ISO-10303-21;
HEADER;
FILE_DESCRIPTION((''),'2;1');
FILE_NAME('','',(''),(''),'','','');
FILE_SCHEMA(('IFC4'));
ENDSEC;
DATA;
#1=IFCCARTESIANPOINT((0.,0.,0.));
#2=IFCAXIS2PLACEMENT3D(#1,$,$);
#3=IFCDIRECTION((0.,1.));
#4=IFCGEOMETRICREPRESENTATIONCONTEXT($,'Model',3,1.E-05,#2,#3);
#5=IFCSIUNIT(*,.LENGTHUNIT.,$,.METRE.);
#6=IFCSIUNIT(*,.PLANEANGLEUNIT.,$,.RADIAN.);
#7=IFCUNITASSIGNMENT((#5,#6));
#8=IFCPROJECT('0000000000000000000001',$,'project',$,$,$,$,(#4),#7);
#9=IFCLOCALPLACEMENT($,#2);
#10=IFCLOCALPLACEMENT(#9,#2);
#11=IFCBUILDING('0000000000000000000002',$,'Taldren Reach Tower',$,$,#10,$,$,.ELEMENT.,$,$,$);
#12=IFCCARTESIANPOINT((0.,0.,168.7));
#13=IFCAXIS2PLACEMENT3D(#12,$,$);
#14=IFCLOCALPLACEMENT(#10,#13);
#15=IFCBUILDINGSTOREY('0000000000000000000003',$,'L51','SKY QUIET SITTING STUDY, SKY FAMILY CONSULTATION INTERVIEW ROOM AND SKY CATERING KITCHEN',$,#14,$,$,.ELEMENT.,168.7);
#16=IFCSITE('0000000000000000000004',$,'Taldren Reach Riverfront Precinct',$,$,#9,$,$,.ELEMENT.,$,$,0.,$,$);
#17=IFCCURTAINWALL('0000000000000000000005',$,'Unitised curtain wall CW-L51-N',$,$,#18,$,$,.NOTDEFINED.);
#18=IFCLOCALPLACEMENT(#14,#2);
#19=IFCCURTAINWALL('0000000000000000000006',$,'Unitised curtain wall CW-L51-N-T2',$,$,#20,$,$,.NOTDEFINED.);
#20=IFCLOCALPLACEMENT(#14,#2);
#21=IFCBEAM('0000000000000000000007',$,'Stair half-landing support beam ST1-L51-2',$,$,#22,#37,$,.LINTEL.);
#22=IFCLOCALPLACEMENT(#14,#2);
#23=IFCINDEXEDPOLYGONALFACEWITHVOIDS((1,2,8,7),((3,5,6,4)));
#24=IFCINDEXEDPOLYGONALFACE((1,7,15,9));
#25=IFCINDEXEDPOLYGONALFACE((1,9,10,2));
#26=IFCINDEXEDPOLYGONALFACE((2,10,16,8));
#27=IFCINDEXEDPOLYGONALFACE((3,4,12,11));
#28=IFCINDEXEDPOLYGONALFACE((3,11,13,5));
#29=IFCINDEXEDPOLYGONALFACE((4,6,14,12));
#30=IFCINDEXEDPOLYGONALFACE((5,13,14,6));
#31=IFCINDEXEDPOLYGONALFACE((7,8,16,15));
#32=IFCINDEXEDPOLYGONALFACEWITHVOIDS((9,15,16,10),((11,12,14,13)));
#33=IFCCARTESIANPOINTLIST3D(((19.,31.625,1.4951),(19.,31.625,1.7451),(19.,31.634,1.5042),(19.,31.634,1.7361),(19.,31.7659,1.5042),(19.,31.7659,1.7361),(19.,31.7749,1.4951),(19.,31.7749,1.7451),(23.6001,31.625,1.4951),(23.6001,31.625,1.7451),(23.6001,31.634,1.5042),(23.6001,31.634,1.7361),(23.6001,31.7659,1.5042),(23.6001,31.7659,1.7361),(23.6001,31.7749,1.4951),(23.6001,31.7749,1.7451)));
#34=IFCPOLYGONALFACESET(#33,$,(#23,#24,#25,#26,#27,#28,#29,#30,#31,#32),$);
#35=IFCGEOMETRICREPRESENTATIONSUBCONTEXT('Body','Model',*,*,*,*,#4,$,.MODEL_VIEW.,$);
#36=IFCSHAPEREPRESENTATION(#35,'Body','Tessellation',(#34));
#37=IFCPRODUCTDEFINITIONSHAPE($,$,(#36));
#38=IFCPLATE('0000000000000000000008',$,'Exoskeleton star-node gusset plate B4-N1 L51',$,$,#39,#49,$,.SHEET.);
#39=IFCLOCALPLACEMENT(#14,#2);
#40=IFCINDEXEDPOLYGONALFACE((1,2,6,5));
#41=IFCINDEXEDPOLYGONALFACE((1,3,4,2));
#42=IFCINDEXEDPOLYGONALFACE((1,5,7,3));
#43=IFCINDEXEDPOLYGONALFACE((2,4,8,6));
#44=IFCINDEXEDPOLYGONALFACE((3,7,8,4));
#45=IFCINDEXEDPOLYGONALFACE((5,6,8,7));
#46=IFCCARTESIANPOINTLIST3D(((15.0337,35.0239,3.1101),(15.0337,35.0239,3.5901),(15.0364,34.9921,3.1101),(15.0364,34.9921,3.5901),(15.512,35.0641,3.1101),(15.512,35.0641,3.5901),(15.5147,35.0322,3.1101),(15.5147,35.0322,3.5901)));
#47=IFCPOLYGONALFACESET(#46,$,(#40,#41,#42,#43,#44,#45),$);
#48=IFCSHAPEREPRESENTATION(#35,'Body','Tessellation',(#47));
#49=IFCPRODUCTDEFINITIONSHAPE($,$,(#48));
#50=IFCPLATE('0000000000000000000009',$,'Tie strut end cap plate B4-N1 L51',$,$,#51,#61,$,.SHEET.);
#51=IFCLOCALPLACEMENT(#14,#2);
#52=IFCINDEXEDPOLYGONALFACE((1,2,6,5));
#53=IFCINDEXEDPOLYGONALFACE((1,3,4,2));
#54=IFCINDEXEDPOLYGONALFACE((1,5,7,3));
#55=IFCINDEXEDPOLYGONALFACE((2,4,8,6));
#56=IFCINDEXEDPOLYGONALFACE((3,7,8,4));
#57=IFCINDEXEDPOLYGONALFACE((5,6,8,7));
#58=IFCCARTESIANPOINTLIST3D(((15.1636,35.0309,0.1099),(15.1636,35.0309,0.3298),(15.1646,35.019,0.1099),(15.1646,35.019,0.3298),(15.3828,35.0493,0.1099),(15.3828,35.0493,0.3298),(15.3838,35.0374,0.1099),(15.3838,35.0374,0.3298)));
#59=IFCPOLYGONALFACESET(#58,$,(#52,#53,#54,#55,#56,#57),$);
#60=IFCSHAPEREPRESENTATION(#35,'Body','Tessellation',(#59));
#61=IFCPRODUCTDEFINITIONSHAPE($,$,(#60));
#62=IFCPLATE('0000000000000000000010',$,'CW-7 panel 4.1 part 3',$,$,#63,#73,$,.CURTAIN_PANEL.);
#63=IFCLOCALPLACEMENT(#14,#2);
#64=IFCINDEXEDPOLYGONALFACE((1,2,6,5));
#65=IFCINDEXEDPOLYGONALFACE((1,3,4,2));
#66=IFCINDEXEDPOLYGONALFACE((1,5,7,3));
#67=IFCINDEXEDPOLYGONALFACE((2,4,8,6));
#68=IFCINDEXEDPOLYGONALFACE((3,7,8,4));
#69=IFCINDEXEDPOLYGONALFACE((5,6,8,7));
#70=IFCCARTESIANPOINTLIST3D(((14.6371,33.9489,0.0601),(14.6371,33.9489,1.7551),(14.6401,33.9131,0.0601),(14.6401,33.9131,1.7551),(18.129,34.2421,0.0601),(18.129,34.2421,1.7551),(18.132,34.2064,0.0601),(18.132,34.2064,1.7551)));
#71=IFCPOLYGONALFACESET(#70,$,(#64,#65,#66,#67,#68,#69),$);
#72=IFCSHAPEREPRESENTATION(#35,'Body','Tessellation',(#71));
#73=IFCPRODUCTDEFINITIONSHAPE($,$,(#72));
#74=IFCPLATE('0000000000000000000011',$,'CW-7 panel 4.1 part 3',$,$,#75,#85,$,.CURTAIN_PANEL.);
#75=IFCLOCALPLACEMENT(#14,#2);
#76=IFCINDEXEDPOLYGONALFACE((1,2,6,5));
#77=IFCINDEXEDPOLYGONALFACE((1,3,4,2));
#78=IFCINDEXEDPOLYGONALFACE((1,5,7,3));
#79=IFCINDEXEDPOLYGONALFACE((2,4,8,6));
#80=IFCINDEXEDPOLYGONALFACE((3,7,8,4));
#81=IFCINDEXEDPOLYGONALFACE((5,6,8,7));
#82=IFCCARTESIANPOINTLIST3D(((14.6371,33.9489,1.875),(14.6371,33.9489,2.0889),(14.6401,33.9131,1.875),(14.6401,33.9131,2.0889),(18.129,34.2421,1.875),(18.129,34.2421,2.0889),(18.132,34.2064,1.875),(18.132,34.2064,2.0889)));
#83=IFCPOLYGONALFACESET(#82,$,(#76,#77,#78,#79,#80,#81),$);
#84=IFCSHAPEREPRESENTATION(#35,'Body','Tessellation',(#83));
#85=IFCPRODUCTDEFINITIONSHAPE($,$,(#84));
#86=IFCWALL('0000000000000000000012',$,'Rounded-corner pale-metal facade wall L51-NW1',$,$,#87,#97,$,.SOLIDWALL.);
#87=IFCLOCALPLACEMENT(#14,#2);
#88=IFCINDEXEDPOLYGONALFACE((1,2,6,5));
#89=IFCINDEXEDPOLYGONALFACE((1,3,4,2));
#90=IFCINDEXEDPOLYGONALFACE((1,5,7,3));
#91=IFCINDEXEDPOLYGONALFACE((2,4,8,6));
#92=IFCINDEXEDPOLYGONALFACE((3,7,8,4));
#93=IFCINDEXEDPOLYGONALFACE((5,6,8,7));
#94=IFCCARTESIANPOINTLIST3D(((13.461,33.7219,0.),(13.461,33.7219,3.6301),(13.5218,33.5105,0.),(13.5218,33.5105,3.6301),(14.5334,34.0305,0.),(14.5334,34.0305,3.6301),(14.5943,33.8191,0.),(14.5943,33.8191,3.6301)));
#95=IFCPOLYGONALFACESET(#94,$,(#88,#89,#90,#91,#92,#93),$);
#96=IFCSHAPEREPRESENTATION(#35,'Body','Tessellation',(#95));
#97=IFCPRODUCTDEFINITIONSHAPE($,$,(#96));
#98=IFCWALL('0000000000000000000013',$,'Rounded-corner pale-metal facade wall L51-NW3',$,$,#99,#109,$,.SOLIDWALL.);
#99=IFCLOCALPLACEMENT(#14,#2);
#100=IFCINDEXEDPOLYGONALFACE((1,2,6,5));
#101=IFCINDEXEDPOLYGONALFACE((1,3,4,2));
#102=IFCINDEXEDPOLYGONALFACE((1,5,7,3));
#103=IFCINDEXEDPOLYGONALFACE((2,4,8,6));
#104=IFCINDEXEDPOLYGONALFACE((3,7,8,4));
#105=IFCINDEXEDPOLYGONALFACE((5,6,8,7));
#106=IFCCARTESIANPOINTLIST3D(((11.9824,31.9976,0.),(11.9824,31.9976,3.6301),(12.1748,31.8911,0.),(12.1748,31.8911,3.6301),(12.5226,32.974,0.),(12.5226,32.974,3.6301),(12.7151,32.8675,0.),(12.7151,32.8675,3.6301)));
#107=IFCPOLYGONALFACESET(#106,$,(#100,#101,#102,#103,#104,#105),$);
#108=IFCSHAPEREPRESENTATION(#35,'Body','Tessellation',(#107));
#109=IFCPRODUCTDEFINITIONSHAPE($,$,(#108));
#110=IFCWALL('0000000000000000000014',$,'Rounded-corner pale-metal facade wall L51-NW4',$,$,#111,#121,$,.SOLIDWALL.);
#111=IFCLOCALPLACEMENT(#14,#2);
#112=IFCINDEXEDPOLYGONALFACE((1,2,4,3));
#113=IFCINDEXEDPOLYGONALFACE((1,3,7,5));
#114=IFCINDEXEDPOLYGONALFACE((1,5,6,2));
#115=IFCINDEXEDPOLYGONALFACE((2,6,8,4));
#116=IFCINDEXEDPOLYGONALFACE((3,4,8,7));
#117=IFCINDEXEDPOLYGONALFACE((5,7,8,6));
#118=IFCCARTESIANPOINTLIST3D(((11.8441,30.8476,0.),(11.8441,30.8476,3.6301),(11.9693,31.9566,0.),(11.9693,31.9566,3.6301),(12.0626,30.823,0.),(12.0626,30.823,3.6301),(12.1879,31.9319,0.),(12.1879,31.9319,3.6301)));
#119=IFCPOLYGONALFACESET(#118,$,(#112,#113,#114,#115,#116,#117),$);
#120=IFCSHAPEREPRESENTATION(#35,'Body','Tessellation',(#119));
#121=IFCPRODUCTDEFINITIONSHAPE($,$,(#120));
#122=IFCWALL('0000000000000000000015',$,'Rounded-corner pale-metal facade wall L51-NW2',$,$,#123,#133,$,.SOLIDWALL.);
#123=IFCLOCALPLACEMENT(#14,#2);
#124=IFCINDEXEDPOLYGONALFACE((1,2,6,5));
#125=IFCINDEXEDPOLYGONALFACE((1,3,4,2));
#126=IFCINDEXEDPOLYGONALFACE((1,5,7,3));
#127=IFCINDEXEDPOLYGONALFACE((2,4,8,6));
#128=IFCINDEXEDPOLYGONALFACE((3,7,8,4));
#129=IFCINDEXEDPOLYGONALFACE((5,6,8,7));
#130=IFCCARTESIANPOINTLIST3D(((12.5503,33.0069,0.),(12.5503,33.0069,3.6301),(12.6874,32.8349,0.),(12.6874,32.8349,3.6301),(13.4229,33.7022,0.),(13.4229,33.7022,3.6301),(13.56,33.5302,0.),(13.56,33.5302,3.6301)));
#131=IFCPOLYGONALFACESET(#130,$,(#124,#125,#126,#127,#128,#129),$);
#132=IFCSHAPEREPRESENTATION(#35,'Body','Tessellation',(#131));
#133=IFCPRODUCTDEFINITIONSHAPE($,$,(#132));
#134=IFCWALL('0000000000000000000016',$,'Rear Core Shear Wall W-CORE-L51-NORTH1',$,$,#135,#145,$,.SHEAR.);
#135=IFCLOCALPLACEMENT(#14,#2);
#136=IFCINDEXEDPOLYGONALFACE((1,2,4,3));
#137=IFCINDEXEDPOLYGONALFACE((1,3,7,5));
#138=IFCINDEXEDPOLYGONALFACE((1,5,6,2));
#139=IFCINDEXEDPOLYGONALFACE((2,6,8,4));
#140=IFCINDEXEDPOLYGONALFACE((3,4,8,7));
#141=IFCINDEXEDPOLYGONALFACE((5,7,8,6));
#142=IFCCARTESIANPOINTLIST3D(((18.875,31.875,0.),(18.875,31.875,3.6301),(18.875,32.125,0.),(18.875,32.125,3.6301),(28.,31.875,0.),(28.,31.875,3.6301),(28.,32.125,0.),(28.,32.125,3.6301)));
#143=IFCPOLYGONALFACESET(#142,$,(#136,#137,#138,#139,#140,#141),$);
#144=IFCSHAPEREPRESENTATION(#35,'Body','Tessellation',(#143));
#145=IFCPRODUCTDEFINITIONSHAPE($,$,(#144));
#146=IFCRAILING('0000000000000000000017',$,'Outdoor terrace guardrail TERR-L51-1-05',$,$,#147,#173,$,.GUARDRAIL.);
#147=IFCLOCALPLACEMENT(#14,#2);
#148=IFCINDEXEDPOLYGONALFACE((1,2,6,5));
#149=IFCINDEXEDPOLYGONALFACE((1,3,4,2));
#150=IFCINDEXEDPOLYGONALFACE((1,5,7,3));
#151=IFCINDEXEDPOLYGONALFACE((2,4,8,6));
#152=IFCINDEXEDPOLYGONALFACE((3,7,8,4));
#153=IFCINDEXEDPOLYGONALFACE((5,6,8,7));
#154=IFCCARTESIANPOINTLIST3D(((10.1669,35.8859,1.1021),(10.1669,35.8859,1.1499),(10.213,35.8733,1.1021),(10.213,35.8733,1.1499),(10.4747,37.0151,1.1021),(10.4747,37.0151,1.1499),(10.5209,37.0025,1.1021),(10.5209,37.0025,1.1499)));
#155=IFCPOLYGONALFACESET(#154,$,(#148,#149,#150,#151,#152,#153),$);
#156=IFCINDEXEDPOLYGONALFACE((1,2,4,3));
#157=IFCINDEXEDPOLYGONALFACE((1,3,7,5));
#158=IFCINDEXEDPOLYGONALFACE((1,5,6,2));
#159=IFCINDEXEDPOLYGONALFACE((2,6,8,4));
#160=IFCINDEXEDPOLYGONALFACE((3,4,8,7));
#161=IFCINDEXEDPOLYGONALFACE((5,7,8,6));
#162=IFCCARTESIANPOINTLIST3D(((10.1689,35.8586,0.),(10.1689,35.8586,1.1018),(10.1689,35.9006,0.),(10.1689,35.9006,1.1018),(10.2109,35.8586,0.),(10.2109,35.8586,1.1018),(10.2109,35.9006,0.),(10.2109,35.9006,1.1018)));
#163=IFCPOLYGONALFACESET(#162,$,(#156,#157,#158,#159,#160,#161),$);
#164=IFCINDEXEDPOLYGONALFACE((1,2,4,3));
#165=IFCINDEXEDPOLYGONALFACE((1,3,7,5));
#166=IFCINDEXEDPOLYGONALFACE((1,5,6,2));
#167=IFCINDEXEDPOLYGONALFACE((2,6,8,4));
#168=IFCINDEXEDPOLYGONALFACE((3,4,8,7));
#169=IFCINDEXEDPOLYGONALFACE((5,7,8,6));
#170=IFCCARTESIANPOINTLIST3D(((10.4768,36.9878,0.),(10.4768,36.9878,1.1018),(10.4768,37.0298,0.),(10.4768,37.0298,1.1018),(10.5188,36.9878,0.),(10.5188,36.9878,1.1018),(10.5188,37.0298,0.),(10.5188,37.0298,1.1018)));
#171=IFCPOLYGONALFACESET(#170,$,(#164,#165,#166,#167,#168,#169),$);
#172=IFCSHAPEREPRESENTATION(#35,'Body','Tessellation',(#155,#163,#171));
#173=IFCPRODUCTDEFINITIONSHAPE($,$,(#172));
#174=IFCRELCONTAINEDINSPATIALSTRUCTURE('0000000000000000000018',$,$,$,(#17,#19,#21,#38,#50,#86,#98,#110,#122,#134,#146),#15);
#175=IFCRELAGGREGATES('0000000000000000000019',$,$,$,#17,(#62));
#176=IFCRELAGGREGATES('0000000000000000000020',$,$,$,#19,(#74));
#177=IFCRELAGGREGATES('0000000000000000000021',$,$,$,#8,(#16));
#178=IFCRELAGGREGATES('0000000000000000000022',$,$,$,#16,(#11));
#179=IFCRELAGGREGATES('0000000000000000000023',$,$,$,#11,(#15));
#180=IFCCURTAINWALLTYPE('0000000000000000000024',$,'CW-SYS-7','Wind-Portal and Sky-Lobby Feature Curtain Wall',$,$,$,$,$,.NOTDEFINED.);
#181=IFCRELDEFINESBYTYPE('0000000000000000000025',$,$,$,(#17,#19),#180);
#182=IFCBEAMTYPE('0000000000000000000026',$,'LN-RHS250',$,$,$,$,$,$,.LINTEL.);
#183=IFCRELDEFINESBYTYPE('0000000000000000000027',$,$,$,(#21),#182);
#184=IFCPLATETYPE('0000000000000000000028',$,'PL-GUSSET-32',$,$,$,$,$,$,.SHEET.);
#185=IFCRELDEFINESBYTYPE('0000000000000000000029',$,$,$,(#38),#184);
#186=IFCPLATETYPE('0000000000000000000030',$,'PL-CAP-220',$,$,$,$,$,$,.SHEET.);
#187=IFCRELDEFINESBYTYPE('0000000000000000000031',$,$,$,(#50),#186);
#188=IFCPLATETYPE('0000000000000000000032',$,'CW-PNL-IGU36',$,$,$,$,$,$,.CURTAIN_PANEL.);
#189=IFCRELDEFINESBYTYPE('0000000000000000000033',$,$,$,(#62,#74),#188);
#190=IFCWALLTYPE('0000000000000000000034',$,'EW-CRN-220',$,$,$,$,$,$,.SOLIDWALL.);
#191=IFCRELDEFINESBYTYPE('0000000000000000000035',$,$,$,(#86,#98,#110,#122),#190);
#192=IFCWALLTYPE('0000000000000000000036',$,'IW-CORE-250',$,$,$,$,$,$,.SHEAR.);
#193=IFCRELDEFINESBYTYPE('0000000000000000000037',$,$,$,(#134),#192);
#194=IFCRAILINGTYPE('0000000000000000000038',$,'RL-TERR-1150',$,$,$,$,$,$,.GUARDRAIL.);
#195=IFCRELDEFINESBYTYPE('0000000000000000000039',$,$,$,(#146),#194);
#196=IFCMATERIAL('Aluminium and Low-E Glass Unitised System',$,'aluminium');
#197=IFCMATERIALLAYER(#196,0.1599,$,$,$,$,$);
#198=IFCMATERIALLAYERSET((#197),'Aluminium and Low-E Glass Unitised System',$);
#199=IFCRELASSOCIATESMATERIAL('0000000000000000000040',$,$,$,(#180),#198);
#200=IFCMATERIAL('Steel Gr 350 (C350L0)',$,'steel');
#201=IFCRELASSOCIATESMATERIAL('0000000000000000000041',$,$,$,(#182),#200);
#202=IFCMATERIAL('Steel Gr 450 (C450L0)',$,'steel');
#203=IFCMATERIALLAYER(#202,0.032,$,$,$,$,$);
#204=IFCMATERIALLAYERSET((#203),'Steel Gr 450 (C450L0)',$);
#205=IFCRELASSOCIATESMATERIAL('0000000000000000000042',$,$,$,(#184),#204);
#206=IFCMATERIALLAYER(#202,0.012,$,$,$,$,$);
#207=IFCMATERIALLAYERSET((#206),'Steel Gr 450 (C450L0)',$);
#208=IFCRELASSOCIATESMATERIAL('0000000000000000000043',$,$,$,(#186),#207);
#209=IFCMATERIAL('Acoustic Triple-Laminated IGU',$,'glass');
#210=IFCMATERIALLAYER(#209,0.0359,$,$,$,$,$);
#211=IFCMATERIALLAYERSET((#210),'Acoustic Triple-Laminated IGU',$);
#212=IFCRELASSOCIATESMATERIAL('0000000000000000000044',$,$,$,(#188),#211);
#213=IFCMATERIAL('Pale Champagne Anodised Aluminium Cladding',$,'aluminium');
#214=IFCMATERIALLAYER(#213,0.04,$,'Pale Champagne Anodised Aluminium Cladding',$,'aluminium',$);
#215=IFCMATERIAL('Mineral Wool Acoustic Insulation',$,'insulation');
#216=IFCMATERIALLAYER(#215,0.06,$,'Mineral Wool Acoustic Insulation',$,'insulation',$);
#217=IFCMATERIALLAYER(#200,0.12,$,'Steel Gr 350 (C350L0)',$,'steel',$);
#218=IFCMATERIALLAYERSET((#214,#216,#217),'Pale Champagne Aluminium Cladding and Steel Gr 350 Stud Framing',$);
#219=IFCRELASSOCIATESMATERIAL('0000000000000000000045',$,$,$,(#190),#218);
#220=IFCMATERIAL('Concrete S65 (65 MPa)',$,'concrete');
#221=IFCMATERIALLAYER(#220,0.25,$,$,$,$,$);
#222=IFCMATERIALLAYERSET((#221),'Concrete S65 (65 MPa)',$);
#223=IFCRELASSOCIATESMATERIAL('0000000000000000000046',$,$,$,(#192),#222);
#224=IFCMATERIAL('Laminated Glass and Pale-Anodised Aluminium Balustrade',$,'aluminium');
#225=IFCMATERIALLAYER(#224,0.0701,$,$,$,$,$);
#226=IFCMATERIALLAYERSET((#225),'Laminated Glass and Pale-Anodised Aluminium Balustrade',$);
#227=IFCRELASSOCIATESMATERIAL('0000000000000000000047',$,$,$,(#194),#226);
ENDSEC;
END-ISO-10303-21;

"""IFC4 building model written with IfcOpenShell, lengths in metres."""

from ifc_helpers import new_model, si_unit, direction, frame, frame_2d, origin, origin_2d, place, context, subcontext, project, spatial, rectangle, hollow_rectangle, extrude, source, transform, mapped, material, layer, layer_set, material_profile, profile_set, type_object, element, aggregate, save


model = new_model("IFC4")

# Units and contexts
model_context = context("Model", 3, precision=1e-05, world=origin(), true_north=direction((0.0, 1.0)))
body_context = subcontext(model_context, "Body", "Model", "MODEL_VIEW")
ifc_project = project(units=[si_unit("LENGTHUNIT", "METRE"), si_unit("PLANEANGLEUNIT", "RADIAN")], contexts=[model_context])

# Site, building, storey
site_placement = place(None, origin())
site = spatial("IfcSite", under=ifc_project, at=site_placement, Name="Taldren Reach Riverfront Precinct", CompositionType="ELEMENT", RefElevation=0.0)
building_placement = place(site_placement, origin())
building = spatial("IfcBuilding", under=site, at=building_placement, Name="Taldren Reach Tower", CompositionType="ELEMENT")
storey_placement = place(building_placement, frame((0.0, 0.0, 168.7)))
storey = spatial("IfcBuildingStorey", under=building, at=storey_placement, Name="L51", Description="SKY QUIET SITTING STUDY, SKY FAMILY CONSULTATION INTERVIEW ROOM AND SKY CATERING KITCHEN", CompositionType="ELEMENT", Elevation=168.7)

# Shared definitions
ifc_material_1 = material(Name="Steel Gr 450 (C450L0)", Category="steel")
ifc_material_2 = material(Name="Steel Gr 350 (C350L0)", Category="steel")

# Curtain walls
ifc_material_3 = material(Name="Aluminium and Low-E Glass Unitised System", Category="aluminium")
ifc_layer_1 = layer(ifc_material_3, 0.1599)
ifc_layer_set_1 = layer_set([ifc_layer_1], Name="Aluminium and Low-E Glass Unitised System")
curtain_wall_type = type_object("IfcCurtainWallType", Name="CW-SYS-7", Description="Wind-Portal and Sky-Lobby Feature Curtain Wall", PredefinedType="NOTDEFINED", material=ifc_layer_set_1)
curtain_wall_1_placement = place(storey_placement, origin())
curtain_wall_1 = element("IfcCurtainWall", 1, at=curtain_wall_1_placement, inside=storey, type_object=curtain_wall_type, Name="Unitised curtain wall CW-L51-N", PredefinedType="NOTDEFINED")
curtain_wall_2_placement = place(storey_placement, origin())
curtain_wall_2 = element("IfcCurtainWall", 2, at=curtain_wall_2_placement, inside=storey, type_object=curtain_wall_type, Name="Unitised curtain wall CW-L51-N-T2", PredefinedType="NOTDEFINED")

# Beam
ifc_material_profile_1 = material_profile(ifc_material_2, hollow_rectangle(XDim=0.1499, YDim=0.25, WallThickness=0.009, at=origin_2d()), Name="250x150x9.0RHS")
ifc_profile_set_1 = profile_set([ifc_material_profile_1], Name="Steel Gr 350 (C350L0)")
beam_type_1 = type_object("IfcBeamType", Name="LN-RHS250", PredefinedType="LINTEL", material=ifc_profile_set_1)
shared_shape_1 = source(origin(), body_context, "Body", "SweptSolid", [
    extrude(hollow_rectangle(XDim=0.1499, YDim=0.25, WallThickness=0.009, at=origin_2d()), origin(), (0.0, 0.0, 1.0), 4.6001),
])
beam_1_placement = place(storey_placement, frame((19.0, 31.7, 1.6201), z_axis=(1.0, 0.0, 0.0), x_axis=(0.0, 1.0, 0.0)))
element("IfcBeam", 3, at=beam_1_placement, inside=storey, type_object=beam_type_1, Name="Stair half-landing support beam ST1-L51-2", PredefinedType="LINTEL", context=body_context, shape_type="MappedRepresentation", body=[
    mapped(shared_shape_1, transform((0.0, 0.0, 0.0), scale=1.0)),
])

# Plates
ifc_layer_2 = layer(ifc_material_1, 0.032)
ifc_layer_set_2 = layer_set([ifc_layer_2], Name="Steel Gr 450 (C450L0)")
plate_type_1 = type_object("IfcPlateType", Name="PL-GUSSET-32", PredefinedType="SHEET", material=ifc_layer_set_2)
shared_shape_2 = source(origin(), body_context, "Body", "SweptSolid", [
    extrude(rectangle(XDim=0.48, YDim=0.032, at=origin_2d()), origin(), (0.0, 0.0, 1.0), 0.48),
])
plate_1_placement = place(storey_placement, frame((15.2742, 35.0281, 3.1101), z_axis=(0.0, 0.0, 1.0), x_axis=(0.996493, 0.083678, 0.0)))
element("IfcPlate", 4, at=plate_1_placement, inside=storey, type_object=plate_type_1, Name="Exoskeleton star-node gusset plate B4-N1 L51", PredefinedType="SHEET", context=body_context, shape_type="MappedRepresentation", body=[
    mapped(shared_shape_2, transform((0.0, 0.0, 0.0), scale=1.0)),
])
ifc_layer_3 = layer(ifc_material_1, 0.012)
ifc_layer_set_3 = layer_set([ifc_layer_3], Name="Steel Gr 450 (C450L0)")
plate_type_2 = type_object("IfcPlateType", Name="PL-CAP-220", PredefinedType="SHEET", material=ifc_layer_set_3)
shared_shape_3 = source(origin(), body_context, "Body", "SweptSolid", [
    extrude(rectangle(XDim=0.22, YDim=0.012, at=origin_2d()), origin(), (0.0, 0.0, 1.0), 0.22),
])
plate_2_placement = place(storey_placement, frame((15.2737, 35.0342, 0.1099), z_axis=(0.0, 0.0, 1.0), x_axis=(0.996493, 0.083678, 0.0)))
element("IfcPlate", 5, at=plate_2_placement, inside=storey, type_object=plate_type_2, Name="Tie strut end cap plate B4-N1 L51", PredefinedType="SHEET", context=body_context, shape_type="MappedRepresentation", body=[
    mapped(shared_shape_3, transform((0.0, 0.0, 0.0), scale=1.0)),
])

# Plates
ifc_material_4 = material(Name="Acoustic Triple-Laminated IGU", Category="glass")
ifc_layer_4 = layer(ifc_material_4, 0.0359)
ifc_layer_set_4 = layer_set([ifc_layer_4], Name="Acoustic Triple-Laminated IGU")
plate_type_3 = type_object("IfcPlateType", Name="CW-PNL-IGU36", PredefinedType="CURTAIN_PANEL", material=ifc_layer_set_4)
shared_shape_4 = source(origin(), body_context, "Body", "SweptSolid", [
    extrude(rectangle(XDim=3.5042, YDim=0.0359, at=origin_2d()), origin(), (0.0, 0.0, 1.0), 1.6951),
])
plate_3_placement = place(storey_placement, frame((16.3845, 34.0776, 0.0601), z_axis=(0.0, 0.0, 1.0), x_axis=(-0.996493, -0.083678, 0.0)))
plate_3 = element("IfcPlate", 6, at=plate_3_placement, type_object=plate_type_3, Name="CW-7 panel 4.1 part 3", PredefinedType="CURTAIN_PANEL", context=body_context, shape_type="MappedRepresentation", body=[
    mapped(shared_shape_4, transform((0.0, 0.0, 0.0), scale=1.0)),
])
aggregate(curtain_wall_1, [plate_3])
shared_shape_5 = source(origin(), body_context, "Body", "SweptSolid", [
    extrude(rectangle(XDim=3.5042, YDim=0.0359, at=origin_2d()), origin(), (0.0, 0.0, 1.0), 0.2139),
])
plate_4_placement = place(storey_placement, frame((16.3845, 34.0776, 1.875), z_axis=(0.0, 0.0, 1.0), x_axis=(-0.996493, -0.083678, 0.0)))
plate_4 = element("IfcPlate", 7, at=plate_4_placement, type_object=plate_type_3, Name="CW-7 panel 4.1 part 3", PredefinedType="CURTAIN_PANEL", context=body_context, shape_type="MappedRepresentation", body=[
    mapped(shared_shape_5, transform((0.0, 0.0, 0.0), scale=1.0)),
])
aggregate(curtain_wall_2, [plate_4])

# Walls
ifc_material_5 = material(Name="Pale Champagne Anodised Aluminium Cladding", Category="aluminium")
ifc_layer_5 = layer(ifc_material_5, 0.04, Name="Pale Champagne Anodised Aluminium Cladding", Category="aluminium")
ifc_material_6 = material(Name="Mineral Wool Acoustic Insulation", Category="insulation")
ifc_layer_6 = layer(ifc_material_6, 0.06, Name="Mineral Wool Acoustic Insulation", Category="insulation")
ifc_layer_7 = layer(ifc_material_2, 0.12, Name="Steel Gr 350 (C350L0)", Category="steel")
ifc_layer_set_5 = layer_set([ifc_layer_5, ifc_layer_6, ifc_layer_7], Name="Pale Champagne Aluminium Cladding and Steel Gr 350 Stud Framing")
wall_type_1 = type_object("IfcWallType", Name="EW-CRN-220", PredefinedType="SOLIDWALL", material=ifc_layer_set_5)
shared_shape_6 = source(origin(), body_context, "Body", "SweptSolid", [
    extrude(rectangle(XDim=1.116, YDim=0.22, at=frame_2d((0.5581, 0.0))), origin(), (0.0, 0.0, 1.0), 3.6301),
])
for number, where, z_axis, x_axis, name in (
    (8, (14.564, 33.9248, 0.0), (0.0, 0.0, 1.0), (-0.96101, -0.276512, 0.0), "Rounded-corner pale-metal facade wall L51-NW1"),
    (9, (12.6189, 32.9209, 0.0), (0.0, 0.0, 1.0), (-0.484101, -0.875012, 0.0), "Rounded-corner pale-metal facade wall L51-NW3"),
    (10, (12.0786, 31.9443, 0.0), (0.0, 0.0, 1.0), (-0.112232, -0.993682, 0.0), "Rounded-corner pale-metal facade wall L51-NW4"),
):
    element("IfcWall", number, at=place(storey_placement, frame(where, z_axis=z_axis, x_axis=x_axis)), inside=storey, type_object=wall_type_1, Name=name, PredefinedType="SOLIDWALL", context=body_context, shape_type="MappedRepresentation", body=[
        mapped(shared_shape_6, transform((0.0, 0.0, 0.0), scale=1.0)),
    ])
shared_shape_7 = source(origin(), body_context, "Body", "SweptSolid", [
    extrude(rectangle(XDim=1.1157, YDim=0.22, at=frame_2d((0.5579, 0.0))), origin(), (0.0, 0.0, 1.0), 3.6301),
])
wall_1_placement = place(storey_placement, frame((13.4915, 33.6162, 0.0), z_axis=(0.0, 0.0, 1.0), x_axis=(-0.782063, -0.6232, 0.0)))
element("IfcWall", 11, at=wall_1_placement, inside=storey, type_object=wall_type_1, Name="Rounded-corner pale-metal facade wall L51-NW2", PredefinedType="SOLIDWALL", context=body_context, shape_type="MappedRepresentation", body=[
    mapped(shared_shape_7, transform((0.0, 0.0, 0.0), scale=1.0)),
])
ifc_material_7 = material(Name="Concrete S65 (65 MPa)", Category="concrete")
ifc_layer_8 = layer(ifc_material_7, 0.25)
ifc_layer_set_6 = layer_set([ifc_layer_8], Name="Concrete S65 (65 MPa)")
wall_type_2 = type_object("IfcWallType", Name="IW-CORE-250", PredefinedType="SHEAR", material=ifc_layer_set_6)
shared_shape_8 = source(origin(), body_context, "Body", "SweptSolid", [
    extrude(rectangle(XDim=9.125, YDim=0.25, at=frame_2d((4.5625, 0.0))), origin(), (0.0, 0.0, 1.0), 3.6301),
])
wall_2_placement = place(storey_placement, frame((18.875, 32.0, 0.0), z_axis=(0.0, 0.0, 1.0), x_axis=(1.0, 0.0, 0.0)))
element("IfcWall", 12, at=wall_2_placement, inside=storey, type_object=wall_type_2, Name="Rear Core Shear Wall W-CORE-L51-NORTH1", PredefinedType="SHEAR", context=body_context, shape_type="MappedRepresentation", body=[
    mapped(shared_shape_8, transform((0.0, 0.0, 0.0), scale=1.0)),
])

# Railing
ifc_material_8 = material(Name="Laminated Glass and Pale-Anodised Aluminium Balustrade", Category="aluminium")
ifc_layer_9 = layer(ifc_material_8, 0.0701)
ifc_layer_set_7 = layer_set([ifc_layer_9], Name="Laminated Glass and Pale-Anodised Aluminium Balustrade")
railing_type = type_object("IfcRailingType", Name="RL-TERR-1150", PredefinedType="GUARDRAIL", material=ifc_layer_set_7)
railing_1_placement = place(storey_placement, frame((10.1899, 35.8796, 0.0)))
element("IfcRailing", 13, at=railing_1_placement, inside=storey, type_object=railing_type, Name="Outdoor terrace guardrail TERR-L51-1-05", PredefinedType="GUARDRAIL", context=body_context, shape_type="SweptSolid", body=[
    extrude(rectangle(XDim=0.0479, YDim=0.0479, at=origin_2d()), frame((0.0, 0.0, 1.126), z_axis=(0.263047, 0.964783, 0.0), x_axis=(-0.964783, 0.263047, 0.0)), (0.0, 0.0, 1.0), 1.1704),
    extrude(rectangle(XDim=0.042, YDim=0.042, at=origin_2d()), origin(), (0.0, 0.0, 1.0), 1.1018),
    extrude(rectangle(XDim=0.042, YDim=0.042, at=origin_2d()), frame((0.3079, 1.1292, 0.0)), (0.0, 0.0, 1.0), 1.1018),
])

save(model, "model.ifc")
